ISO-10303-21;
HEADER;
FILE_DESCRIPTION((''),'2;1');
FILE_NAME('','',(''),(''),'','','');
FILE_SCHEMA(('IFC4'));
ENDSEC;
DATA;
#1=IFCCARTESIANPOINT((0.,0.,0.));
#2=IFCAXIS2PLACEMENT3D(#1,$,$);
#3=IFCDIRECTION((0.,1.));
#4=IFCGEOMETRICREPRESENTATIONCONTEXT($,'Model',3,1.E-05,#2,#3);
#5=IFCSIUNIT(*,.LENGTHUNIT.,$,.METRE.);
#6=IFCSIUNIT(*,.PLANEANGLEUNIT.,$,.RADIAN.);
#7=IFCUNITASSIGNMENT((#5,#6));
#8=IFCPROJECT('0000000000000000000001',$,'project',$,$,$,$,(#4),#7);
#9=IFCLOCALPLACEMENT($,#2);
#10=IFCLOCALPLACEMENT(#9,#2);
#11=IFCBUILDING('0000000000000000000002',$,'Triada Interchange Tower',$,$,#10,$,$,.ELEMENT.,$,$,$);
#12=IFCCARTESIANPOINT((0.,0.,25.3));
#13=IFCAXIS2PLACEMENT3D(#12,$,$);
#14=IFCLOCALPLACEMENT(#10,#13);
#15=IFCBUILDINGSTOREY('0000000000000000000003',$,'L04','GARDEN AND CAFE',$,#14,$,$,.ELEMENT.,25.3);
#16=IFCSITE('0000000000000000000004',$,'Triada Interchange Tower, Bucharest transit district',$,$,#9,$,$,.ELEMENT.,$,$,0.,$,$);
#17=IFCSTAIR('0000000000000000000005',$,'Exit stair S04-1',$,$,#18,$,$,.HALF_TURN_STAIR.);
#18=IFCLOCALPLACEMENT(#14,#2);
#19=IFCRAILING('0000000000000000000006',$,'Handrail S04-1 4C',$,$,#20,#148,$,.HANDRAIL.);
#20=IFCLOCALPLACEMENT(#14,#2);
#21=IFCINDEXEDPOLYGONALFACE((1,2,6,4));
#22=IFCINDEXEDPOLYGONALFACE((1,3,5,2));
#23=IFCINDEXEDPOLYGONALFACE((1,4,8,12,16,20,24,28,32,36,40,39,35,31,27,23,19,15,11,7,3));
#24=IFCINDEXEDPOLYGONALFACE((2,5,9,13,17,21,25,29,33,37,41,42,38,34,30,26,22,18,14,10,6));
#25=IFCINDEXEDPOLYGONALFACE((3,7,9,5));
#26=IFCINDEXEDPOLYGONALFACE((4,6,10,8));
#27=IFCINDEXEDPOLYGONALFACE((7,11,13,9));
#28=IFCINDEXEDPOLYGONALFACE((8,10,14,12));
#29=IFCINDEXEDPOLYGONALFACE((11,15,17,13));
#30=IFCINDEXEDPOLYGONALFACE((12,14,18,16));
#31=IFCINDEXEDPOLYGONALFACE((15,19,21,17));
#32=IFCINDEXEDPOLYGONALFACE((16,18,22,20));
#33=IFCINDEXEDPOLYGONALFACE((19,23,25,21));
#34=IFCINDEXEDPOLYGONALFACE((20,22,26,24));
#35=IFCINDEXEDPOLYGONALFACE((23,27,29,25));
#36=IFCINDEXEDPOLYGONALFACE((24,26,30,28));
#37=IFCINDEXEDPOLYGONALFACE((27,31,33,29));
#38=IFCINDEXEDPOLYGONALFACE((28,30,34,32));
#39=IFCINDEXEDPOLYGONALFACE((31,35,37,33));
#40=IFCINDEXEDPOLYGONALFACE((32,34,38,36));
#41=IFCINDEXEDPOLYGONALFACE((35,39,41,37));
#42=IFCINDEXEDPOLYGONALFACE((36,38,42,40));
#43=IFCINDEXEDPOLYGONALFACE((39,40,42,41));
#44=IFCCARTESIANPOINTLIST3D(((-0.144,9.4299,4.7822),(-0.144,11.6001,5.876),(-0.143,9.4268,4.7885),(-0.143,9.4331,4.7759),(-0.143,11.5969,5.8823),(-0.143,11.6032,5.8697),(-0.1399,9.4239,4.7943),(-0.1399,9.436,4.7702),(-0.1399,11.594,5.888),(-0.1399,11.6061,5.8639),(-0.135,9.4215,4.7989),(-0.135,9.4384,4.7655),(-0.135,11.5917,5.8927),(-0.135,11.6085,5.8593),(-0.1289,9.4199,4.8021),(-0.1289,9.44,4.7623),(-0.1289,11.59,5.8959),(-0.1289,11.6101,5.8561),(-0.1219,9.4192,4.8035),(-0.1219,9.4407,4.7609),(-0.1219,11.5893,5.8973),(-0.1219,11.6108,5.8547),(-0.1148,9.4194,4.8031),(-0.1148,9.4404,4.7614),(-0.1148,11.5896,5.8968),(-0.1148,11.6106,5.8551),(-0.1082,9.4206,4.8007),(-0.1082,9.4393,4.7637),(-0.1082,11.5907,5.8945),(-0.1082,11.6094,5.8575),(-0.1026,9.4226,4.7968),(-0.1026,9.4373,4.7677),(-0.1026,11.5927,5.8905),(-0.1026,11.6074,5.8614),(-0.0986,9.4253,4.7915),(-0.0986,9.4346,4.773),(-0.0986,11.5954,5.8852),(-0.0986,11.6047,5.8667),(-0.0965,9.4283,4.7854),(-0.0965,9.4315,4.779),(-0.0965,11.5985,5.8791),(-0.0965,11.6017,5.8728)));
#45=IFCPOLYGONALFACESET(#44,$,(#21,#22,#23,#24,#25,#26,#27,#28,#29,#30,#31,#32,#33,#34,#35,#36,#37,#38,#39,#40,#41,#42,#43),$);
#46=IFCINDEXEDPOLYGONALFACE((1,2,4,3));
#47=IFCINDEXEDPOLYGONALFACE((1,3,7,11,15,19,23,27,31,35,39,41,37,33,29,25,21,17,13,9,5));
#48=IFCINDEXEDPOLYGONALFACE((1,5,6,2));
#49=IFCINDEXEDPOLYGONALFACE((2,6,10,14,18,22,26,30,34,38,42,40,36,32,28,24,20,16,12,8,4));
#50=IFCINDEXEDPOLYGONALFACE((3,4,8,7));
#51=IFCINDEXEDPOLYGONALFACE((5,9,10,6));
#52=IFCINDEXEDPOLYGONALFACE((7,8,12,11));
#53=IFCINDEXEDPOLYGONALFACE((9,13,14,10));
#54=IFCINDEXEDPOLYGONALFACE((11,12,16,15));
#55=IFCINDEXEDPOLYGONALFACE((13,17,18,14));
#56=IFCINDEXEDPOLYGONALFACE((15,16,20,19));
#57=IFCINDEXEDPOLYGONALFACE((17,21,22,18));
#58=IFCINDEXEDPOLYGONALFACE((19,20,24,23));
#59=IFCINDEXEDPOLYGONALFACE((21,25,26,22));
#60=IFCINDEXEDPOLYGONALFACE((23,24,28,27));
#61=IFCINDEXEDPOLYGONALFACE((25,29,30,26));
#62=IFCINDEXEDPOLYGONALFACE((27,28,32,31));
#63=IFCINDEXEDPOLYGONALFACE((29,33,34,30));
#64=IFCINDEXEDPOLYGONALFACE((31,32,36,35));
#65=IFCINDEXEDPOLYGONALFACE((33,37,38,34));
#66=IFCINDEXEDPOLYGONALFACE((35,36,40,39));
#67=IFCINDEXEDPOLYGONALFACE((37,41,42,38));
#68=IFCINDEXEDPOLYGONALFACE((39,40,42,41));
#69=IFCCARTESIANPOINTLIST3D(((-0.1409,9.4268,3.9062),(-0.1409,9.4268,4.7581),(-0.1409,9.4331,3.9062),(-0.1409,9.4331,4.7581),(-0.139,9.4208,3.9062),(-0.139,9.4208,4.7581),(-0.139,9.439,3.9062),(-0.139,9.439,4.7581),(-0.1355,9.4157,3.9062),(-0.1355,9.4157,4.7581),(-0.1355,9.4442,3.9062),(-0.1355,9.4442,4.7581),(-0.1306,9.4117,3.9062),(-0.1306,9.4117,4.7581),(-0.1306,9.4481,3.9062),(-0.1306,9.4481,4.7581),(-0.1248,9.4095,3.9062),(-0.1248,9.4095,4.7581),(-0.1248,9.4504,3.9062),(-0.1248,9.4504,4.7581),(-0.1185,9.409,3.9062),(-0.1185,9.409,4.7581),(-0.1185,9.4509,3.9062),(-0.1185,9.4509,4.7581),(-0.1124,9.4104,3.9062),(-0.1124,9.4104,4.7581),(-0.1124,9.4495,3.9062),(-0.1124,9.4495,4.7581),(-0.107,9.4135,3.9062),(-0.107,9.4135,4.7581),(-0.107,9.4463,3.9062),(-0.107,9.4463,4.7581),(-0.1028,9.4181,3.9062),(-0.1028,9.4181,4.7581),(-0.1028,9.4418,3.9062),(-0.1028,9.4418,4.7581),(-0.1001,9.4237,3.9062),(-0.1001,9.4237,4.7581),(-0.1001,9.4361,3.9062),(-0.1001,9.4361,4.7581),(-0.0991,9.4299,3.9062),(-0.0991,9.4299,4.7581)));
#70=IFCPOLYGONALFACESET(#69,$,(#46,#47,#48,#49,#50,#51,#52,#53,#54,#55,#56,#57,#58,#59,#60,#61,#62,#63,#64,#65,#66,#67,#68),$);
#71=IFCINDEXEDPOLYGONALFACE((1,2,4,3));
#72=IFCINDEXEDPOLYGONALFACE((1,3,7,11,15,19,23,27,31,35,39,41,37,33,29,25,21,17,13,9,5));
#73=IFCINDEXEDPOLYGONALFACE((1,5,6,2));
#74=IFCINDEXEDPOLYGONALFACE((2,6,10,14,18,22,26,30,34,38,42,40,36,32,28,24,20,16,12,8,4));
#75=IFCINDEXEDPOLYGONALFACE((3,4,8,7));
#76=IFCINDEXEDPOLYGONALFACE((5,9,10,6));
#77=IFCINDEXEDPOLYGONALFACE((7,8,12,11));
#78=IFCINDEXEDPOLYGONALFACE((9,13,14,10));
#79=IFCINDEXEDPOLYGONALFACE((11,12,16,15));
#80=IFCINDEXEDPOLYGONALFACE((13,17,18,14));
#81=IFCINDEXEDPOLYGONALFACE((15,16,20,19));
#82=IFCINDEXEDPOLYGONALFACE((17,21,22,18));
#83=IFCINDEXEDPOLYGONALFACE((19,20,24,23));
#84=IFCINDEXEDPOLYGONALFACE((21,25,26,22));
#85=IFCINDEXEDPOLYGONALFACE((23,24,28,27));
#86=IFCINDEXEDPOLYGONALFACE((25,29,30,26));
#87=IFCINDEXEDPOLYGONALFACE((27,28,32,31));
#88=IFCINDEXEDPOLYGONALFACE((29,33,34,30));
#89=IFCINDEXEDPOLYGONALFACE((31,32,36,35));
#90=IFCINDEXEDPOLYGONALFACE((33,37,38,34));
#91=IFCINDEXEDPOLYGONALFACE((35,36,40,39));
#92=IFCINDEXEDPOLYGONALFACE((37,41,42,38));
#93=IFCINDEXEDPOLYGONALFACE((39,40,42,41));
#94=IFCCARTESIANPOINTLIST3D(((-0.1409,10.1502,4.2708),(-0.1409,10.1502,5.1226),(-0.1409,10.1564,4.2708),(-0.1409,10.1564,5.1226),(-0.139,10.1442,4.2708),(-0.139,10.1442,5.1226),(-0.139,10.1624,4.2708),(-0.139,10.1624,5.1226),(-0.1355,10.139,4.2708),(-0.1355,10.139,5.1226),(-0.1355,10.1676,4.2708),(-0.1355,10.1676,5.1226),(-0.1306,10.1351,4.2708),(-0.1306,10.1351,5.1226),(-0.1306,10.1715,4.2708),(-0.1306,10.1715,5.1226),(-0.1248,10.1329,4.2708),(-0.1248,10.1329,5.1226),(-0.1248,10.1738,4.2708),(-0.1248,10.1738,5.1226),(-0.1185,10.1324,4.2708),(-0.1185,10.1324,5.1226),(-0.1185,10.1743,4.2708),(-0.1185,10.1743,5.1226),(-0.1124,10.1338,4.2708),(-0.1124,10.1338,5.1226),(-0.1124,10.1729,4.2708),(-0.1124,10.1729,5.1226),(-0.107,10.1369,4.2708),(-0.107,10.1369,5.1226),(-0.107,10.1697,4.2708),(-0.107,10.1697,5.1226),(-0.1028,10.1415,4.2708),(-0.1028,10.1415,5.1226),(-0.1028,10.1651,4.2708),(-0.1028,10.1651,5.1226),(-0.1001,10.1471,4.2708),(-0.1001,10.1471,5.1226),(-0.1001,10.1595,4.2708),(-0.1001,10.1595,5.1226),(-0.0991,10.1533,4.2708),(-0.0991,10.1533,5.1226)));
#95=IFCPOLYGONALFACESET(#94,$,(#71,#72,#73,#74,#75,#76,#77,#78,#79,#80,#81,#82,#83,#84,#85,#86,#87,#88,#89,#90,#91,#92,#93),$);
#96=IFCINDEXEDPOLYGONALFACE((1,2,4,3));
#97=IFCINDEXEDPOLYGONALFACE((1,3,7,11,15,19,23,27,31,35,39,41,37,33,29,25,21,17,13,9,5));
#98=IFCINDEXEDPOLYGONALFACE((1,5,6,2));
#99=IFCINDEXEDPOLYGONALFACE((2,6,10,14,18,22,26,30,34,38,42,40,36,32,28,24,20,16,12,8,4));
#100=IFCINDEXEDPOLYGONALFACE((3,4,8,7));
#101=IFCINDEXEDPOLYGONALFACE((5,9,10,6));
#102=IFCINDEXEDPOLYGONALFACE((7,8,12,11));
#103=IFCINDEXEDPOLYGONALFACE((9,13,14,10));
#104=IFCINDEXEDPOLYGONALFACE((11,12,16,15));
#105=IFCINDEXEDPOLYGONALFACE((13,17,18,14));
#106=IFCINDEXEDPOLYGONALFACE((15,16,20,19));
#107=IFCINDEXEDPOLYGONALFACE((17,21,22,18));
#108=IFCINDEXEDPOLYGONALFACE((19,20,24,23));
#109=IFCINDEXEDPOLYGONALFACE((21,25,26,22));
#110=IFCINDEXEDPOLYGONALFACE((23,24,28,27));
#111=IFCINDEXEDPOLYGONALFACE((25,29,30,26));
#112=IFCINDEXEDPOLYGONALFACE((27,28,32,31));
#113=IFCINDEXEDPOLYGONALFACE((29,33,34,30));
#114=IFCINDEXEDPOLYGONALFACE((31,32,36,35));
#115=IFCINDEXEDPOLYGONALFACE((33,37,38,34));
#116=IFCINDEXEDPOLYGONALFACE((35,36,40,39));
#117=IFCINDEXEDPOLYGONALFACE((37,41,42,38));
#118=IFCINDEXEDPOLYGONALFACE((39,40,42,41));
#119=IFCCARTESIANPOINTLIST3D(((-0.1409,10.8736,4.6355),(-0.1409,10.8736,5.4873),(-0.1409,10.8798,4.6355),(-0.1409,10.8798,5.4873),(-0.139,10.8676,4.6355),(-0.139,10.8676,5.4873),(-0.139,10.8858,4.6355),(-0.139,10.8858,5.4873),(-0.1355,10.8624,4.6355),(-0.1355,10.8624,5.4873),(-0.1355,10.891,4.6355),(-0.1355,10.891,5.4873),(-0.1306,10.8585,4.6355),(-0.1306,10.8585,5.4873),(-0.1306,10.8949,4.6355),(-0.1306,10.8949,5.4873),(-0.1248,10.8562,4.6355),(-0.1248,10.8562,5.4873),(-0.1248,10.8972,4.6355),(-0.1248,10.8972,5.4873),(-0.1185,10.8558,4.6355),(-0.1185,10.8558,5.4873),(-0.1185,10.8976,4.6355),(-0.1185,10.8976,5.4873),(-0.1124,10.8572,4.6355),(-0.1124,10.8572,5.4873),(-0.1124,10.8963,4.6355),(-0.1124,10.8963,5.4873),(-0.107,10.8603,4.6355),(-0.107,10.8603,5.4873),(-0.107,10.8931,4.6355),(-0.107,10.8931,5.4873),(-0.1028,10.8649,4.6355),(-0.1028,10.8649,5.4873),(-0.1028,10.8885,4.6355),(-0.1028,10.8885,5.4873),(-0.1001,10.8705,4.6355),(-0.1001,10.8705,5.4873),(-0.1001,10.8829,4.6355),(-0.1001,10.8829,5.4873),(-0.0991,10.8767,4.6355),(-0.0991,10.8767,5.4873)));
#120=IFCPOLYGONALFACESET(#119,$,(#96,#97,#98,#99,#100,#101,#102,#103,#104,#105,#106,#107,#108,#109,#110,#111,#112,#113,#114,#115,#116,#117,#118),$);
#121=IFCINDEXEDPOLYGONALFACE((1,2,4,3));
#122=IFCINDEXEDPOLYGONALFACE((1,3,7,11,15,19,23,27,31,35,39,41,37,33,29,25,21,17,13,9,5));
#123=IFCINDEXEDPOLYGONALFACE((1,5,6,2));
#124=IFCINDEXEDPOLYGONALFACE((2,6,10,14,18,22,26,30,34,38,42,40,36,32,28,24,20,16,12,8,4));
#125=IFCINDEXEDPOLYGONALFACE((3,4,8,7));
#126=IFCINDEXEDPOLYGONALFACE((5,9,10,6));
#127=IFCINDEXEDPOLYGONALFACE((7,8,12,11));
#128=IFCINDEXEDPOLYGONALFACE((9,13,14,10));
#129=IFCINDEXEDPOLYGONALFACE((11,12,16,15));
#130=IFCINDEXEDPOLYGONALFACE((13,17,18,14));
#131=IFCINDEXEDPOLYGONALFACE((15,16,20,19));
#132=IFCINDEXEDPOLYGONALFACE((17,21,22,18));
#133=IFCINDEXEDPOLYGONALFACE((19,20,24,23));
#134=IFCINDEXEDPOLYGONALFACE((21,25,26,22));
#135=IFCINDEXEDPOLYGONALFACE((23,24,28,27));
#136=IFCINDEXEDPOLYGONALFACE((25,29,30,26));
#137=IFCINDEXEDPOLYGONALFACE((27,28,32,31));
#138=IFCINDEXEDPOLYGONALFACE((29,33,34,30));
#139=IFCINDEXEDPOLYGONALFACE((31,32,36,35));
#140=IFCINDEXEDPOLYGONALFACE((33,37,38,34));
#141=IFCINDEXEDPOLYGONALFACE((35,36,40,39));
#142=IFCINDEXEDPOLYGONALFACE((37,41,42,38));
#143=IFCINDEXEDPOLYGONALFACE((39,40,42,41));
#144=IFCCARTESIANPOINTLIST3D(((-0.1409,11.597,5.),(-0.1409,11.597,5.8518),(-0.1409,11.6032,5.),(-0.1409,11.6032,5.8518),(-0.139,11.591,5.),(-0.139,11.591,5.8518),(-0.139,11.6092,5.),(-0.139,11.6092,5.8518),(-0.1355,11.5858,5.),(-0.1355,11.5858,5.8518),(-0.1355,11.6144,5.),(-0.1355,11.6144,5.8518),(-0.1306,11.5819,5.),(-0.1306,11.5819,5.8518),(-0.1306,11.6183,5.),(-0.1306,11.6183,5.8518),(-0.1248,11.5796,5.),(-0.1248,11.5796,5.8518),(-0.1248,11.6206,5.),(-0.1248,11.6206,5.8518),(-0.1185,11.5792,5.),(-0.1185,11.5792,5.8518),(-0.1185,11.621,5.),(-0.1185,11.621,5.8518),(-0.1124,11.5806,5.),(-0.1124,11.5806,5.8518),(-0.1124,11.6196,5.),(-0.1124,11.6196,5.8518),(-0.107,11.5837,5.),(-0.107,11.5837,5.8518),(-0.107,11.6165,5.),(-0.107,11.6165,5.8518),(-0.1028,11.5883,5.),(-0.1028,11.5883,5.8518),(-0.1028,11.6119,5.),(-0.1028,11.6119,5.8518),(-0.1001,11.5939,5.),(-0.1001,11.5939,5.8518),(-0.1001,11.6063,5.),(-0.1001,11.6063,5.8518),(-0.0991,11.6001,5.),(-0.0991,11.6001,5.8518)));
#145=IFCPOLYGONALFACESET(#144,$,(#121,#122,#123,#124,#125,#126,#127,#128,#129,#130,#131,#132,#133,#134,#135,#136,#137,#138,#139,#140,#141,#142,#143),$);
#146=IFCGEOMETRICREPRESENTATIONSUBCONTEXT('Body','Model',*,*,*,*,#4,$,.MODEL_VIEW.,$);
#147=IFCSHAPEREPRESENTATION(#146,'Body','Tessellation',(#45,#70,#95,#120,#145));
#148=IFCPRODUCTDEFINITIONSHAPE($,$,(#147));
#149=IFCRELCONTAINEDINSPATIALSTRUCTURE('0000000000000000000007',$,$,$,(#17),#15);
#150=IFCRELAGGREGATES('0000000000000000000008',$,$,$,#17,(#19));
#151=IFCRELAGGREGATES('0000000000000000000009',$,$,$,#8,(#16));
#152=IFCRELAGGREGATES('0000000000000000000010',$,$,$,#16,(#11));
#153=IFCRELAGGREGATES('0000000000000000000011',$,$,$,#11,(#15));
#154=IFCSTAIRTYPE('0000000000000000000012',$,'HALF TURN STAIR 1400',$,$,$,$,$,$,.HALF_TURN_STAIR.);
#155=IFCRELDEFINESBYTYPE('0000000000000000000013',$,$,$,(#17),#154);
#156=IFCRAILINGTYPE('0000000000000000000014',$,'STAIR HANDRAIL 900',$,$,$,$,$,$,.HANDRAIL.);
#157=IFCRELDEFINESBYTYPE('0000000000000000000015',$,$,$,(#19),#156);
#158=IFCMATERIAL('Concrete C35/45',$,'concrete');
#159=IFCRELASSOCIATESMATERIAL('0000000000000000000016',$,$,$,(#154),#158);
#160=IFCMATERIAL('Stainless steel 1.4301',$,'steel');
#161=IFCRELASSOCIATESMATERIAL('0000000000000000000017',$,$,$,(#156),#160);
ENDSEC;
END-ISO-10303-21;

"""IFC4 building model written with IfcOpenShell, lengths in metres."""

from ifc_helpers import new_model, si_unit, direction, frame, origin, origin_2d, place, context, subcontext, project, spatial, circle, extrude, material, type_object, element, aggregate, save


model = new_model("IFC4")

# Units and contexts
model_context = context("Model", 3, precision=1e-05, world=origin(), true_north=direction((0.0, 1.0)))
body_context = subcontext(model_context, "Body", "Model", "MODEL_VIEW")
ifc_project = project(units=[si_unit("LENGTHUNIT", "METRE"), si_unit("PLANEANGLEUNIT", "RADIAN")], contexts=[model_context])

# Site, building, storey
site_placement = place(None, origin())
site = spatial("IfcSite", under=ifc_project, at=site_placement, Name="Triada Interchange Tower, Bucharest transit district", CompositionType="ELEMENT", RefElevation=0.0)
building_placement = place(site_placement, origin())
building = spatial("IfcBuilding", under=site, at=building_placement, Name="Triada Interchange Tower", CompositionType="ELEMENT")
storey_placement = place(building_placement, frame((0.0, 0.0, 25.3)))
storey = spatial("IfcBuildingStorey", under=building, at=storey_placement, Name="L04", Description="GARDEN AND CAFE", CompositionType="ELEMENT", Elevation=25.3)

# Stair, railing
ifc_material_1 = material(Name="Concrete C35/45", Category="concrete")
stair_type = type_object("IfcStairType", Name="HALF TURN STAIR 1400", PredefinedType="HALF_TURN_STAIR", material=ifc_material_1)
stair_placement = place(storey_placement, origin())
stair = element("IfcStair", 1, at=stair_placement, inside=storey, type_object=stair_type, Name="Exit stair S04-1", PredefinedType="HALF_TURN_STAIR")
ifc_material_2 = material(Name="Stainless steel 1.4301", Category="steel")
railing_type = type_object("IfcRailingType", Name="STAIR HANDRAIL 900", PredefinedType="HANDRAIL", material=ifc_material_2)
railing_1_placement = place(storey_placement, frame((-0.1201, 9.4299, 3.9062)))
railing_1 = element("IfcRailing", 2, at=railing_1_placement, type_object=railing_type, Name="Handrail S04-1 4C", PredefinedType="HANDRAIL", context=body_context, shape_type="SweptSolid", body=[
    extrude(circle(Radius=0.0239, at=origin_2d()), frame((0.0, 0.0, 0.876), z_axis=(0.0, 0.892996, 0.450064), x_axis=(-1.0, 0.0, 0.0)), (0.0, 0.0, 1.0), 2.4302),
    extrude(circle(Radius=0.021, at=origin_2d()), origin(), (0.0, 0.0, 1.0), 0.8518),
    extrude(circle(Radius=0.021, at=origin_2d()), frame((0.0, 0.7234, 0.3645)), (0.0, 0.0, 1.0), 0.8518),
    extrude(circle(Radius=0.021, at=origin_2d()), frame((0.0, 1.4468, 0.7292)), (0.0, 0.0, 1.0), 0.8518),
    extrude(circle(Radius=0.021, at=origin_2d()), frame((0.0, 2.1702, 1.0938)), (0.0, 0.0, 1.0), 0.8518),
])
aggregate(stair, [railing_1])

save(model, "model.ifc")
